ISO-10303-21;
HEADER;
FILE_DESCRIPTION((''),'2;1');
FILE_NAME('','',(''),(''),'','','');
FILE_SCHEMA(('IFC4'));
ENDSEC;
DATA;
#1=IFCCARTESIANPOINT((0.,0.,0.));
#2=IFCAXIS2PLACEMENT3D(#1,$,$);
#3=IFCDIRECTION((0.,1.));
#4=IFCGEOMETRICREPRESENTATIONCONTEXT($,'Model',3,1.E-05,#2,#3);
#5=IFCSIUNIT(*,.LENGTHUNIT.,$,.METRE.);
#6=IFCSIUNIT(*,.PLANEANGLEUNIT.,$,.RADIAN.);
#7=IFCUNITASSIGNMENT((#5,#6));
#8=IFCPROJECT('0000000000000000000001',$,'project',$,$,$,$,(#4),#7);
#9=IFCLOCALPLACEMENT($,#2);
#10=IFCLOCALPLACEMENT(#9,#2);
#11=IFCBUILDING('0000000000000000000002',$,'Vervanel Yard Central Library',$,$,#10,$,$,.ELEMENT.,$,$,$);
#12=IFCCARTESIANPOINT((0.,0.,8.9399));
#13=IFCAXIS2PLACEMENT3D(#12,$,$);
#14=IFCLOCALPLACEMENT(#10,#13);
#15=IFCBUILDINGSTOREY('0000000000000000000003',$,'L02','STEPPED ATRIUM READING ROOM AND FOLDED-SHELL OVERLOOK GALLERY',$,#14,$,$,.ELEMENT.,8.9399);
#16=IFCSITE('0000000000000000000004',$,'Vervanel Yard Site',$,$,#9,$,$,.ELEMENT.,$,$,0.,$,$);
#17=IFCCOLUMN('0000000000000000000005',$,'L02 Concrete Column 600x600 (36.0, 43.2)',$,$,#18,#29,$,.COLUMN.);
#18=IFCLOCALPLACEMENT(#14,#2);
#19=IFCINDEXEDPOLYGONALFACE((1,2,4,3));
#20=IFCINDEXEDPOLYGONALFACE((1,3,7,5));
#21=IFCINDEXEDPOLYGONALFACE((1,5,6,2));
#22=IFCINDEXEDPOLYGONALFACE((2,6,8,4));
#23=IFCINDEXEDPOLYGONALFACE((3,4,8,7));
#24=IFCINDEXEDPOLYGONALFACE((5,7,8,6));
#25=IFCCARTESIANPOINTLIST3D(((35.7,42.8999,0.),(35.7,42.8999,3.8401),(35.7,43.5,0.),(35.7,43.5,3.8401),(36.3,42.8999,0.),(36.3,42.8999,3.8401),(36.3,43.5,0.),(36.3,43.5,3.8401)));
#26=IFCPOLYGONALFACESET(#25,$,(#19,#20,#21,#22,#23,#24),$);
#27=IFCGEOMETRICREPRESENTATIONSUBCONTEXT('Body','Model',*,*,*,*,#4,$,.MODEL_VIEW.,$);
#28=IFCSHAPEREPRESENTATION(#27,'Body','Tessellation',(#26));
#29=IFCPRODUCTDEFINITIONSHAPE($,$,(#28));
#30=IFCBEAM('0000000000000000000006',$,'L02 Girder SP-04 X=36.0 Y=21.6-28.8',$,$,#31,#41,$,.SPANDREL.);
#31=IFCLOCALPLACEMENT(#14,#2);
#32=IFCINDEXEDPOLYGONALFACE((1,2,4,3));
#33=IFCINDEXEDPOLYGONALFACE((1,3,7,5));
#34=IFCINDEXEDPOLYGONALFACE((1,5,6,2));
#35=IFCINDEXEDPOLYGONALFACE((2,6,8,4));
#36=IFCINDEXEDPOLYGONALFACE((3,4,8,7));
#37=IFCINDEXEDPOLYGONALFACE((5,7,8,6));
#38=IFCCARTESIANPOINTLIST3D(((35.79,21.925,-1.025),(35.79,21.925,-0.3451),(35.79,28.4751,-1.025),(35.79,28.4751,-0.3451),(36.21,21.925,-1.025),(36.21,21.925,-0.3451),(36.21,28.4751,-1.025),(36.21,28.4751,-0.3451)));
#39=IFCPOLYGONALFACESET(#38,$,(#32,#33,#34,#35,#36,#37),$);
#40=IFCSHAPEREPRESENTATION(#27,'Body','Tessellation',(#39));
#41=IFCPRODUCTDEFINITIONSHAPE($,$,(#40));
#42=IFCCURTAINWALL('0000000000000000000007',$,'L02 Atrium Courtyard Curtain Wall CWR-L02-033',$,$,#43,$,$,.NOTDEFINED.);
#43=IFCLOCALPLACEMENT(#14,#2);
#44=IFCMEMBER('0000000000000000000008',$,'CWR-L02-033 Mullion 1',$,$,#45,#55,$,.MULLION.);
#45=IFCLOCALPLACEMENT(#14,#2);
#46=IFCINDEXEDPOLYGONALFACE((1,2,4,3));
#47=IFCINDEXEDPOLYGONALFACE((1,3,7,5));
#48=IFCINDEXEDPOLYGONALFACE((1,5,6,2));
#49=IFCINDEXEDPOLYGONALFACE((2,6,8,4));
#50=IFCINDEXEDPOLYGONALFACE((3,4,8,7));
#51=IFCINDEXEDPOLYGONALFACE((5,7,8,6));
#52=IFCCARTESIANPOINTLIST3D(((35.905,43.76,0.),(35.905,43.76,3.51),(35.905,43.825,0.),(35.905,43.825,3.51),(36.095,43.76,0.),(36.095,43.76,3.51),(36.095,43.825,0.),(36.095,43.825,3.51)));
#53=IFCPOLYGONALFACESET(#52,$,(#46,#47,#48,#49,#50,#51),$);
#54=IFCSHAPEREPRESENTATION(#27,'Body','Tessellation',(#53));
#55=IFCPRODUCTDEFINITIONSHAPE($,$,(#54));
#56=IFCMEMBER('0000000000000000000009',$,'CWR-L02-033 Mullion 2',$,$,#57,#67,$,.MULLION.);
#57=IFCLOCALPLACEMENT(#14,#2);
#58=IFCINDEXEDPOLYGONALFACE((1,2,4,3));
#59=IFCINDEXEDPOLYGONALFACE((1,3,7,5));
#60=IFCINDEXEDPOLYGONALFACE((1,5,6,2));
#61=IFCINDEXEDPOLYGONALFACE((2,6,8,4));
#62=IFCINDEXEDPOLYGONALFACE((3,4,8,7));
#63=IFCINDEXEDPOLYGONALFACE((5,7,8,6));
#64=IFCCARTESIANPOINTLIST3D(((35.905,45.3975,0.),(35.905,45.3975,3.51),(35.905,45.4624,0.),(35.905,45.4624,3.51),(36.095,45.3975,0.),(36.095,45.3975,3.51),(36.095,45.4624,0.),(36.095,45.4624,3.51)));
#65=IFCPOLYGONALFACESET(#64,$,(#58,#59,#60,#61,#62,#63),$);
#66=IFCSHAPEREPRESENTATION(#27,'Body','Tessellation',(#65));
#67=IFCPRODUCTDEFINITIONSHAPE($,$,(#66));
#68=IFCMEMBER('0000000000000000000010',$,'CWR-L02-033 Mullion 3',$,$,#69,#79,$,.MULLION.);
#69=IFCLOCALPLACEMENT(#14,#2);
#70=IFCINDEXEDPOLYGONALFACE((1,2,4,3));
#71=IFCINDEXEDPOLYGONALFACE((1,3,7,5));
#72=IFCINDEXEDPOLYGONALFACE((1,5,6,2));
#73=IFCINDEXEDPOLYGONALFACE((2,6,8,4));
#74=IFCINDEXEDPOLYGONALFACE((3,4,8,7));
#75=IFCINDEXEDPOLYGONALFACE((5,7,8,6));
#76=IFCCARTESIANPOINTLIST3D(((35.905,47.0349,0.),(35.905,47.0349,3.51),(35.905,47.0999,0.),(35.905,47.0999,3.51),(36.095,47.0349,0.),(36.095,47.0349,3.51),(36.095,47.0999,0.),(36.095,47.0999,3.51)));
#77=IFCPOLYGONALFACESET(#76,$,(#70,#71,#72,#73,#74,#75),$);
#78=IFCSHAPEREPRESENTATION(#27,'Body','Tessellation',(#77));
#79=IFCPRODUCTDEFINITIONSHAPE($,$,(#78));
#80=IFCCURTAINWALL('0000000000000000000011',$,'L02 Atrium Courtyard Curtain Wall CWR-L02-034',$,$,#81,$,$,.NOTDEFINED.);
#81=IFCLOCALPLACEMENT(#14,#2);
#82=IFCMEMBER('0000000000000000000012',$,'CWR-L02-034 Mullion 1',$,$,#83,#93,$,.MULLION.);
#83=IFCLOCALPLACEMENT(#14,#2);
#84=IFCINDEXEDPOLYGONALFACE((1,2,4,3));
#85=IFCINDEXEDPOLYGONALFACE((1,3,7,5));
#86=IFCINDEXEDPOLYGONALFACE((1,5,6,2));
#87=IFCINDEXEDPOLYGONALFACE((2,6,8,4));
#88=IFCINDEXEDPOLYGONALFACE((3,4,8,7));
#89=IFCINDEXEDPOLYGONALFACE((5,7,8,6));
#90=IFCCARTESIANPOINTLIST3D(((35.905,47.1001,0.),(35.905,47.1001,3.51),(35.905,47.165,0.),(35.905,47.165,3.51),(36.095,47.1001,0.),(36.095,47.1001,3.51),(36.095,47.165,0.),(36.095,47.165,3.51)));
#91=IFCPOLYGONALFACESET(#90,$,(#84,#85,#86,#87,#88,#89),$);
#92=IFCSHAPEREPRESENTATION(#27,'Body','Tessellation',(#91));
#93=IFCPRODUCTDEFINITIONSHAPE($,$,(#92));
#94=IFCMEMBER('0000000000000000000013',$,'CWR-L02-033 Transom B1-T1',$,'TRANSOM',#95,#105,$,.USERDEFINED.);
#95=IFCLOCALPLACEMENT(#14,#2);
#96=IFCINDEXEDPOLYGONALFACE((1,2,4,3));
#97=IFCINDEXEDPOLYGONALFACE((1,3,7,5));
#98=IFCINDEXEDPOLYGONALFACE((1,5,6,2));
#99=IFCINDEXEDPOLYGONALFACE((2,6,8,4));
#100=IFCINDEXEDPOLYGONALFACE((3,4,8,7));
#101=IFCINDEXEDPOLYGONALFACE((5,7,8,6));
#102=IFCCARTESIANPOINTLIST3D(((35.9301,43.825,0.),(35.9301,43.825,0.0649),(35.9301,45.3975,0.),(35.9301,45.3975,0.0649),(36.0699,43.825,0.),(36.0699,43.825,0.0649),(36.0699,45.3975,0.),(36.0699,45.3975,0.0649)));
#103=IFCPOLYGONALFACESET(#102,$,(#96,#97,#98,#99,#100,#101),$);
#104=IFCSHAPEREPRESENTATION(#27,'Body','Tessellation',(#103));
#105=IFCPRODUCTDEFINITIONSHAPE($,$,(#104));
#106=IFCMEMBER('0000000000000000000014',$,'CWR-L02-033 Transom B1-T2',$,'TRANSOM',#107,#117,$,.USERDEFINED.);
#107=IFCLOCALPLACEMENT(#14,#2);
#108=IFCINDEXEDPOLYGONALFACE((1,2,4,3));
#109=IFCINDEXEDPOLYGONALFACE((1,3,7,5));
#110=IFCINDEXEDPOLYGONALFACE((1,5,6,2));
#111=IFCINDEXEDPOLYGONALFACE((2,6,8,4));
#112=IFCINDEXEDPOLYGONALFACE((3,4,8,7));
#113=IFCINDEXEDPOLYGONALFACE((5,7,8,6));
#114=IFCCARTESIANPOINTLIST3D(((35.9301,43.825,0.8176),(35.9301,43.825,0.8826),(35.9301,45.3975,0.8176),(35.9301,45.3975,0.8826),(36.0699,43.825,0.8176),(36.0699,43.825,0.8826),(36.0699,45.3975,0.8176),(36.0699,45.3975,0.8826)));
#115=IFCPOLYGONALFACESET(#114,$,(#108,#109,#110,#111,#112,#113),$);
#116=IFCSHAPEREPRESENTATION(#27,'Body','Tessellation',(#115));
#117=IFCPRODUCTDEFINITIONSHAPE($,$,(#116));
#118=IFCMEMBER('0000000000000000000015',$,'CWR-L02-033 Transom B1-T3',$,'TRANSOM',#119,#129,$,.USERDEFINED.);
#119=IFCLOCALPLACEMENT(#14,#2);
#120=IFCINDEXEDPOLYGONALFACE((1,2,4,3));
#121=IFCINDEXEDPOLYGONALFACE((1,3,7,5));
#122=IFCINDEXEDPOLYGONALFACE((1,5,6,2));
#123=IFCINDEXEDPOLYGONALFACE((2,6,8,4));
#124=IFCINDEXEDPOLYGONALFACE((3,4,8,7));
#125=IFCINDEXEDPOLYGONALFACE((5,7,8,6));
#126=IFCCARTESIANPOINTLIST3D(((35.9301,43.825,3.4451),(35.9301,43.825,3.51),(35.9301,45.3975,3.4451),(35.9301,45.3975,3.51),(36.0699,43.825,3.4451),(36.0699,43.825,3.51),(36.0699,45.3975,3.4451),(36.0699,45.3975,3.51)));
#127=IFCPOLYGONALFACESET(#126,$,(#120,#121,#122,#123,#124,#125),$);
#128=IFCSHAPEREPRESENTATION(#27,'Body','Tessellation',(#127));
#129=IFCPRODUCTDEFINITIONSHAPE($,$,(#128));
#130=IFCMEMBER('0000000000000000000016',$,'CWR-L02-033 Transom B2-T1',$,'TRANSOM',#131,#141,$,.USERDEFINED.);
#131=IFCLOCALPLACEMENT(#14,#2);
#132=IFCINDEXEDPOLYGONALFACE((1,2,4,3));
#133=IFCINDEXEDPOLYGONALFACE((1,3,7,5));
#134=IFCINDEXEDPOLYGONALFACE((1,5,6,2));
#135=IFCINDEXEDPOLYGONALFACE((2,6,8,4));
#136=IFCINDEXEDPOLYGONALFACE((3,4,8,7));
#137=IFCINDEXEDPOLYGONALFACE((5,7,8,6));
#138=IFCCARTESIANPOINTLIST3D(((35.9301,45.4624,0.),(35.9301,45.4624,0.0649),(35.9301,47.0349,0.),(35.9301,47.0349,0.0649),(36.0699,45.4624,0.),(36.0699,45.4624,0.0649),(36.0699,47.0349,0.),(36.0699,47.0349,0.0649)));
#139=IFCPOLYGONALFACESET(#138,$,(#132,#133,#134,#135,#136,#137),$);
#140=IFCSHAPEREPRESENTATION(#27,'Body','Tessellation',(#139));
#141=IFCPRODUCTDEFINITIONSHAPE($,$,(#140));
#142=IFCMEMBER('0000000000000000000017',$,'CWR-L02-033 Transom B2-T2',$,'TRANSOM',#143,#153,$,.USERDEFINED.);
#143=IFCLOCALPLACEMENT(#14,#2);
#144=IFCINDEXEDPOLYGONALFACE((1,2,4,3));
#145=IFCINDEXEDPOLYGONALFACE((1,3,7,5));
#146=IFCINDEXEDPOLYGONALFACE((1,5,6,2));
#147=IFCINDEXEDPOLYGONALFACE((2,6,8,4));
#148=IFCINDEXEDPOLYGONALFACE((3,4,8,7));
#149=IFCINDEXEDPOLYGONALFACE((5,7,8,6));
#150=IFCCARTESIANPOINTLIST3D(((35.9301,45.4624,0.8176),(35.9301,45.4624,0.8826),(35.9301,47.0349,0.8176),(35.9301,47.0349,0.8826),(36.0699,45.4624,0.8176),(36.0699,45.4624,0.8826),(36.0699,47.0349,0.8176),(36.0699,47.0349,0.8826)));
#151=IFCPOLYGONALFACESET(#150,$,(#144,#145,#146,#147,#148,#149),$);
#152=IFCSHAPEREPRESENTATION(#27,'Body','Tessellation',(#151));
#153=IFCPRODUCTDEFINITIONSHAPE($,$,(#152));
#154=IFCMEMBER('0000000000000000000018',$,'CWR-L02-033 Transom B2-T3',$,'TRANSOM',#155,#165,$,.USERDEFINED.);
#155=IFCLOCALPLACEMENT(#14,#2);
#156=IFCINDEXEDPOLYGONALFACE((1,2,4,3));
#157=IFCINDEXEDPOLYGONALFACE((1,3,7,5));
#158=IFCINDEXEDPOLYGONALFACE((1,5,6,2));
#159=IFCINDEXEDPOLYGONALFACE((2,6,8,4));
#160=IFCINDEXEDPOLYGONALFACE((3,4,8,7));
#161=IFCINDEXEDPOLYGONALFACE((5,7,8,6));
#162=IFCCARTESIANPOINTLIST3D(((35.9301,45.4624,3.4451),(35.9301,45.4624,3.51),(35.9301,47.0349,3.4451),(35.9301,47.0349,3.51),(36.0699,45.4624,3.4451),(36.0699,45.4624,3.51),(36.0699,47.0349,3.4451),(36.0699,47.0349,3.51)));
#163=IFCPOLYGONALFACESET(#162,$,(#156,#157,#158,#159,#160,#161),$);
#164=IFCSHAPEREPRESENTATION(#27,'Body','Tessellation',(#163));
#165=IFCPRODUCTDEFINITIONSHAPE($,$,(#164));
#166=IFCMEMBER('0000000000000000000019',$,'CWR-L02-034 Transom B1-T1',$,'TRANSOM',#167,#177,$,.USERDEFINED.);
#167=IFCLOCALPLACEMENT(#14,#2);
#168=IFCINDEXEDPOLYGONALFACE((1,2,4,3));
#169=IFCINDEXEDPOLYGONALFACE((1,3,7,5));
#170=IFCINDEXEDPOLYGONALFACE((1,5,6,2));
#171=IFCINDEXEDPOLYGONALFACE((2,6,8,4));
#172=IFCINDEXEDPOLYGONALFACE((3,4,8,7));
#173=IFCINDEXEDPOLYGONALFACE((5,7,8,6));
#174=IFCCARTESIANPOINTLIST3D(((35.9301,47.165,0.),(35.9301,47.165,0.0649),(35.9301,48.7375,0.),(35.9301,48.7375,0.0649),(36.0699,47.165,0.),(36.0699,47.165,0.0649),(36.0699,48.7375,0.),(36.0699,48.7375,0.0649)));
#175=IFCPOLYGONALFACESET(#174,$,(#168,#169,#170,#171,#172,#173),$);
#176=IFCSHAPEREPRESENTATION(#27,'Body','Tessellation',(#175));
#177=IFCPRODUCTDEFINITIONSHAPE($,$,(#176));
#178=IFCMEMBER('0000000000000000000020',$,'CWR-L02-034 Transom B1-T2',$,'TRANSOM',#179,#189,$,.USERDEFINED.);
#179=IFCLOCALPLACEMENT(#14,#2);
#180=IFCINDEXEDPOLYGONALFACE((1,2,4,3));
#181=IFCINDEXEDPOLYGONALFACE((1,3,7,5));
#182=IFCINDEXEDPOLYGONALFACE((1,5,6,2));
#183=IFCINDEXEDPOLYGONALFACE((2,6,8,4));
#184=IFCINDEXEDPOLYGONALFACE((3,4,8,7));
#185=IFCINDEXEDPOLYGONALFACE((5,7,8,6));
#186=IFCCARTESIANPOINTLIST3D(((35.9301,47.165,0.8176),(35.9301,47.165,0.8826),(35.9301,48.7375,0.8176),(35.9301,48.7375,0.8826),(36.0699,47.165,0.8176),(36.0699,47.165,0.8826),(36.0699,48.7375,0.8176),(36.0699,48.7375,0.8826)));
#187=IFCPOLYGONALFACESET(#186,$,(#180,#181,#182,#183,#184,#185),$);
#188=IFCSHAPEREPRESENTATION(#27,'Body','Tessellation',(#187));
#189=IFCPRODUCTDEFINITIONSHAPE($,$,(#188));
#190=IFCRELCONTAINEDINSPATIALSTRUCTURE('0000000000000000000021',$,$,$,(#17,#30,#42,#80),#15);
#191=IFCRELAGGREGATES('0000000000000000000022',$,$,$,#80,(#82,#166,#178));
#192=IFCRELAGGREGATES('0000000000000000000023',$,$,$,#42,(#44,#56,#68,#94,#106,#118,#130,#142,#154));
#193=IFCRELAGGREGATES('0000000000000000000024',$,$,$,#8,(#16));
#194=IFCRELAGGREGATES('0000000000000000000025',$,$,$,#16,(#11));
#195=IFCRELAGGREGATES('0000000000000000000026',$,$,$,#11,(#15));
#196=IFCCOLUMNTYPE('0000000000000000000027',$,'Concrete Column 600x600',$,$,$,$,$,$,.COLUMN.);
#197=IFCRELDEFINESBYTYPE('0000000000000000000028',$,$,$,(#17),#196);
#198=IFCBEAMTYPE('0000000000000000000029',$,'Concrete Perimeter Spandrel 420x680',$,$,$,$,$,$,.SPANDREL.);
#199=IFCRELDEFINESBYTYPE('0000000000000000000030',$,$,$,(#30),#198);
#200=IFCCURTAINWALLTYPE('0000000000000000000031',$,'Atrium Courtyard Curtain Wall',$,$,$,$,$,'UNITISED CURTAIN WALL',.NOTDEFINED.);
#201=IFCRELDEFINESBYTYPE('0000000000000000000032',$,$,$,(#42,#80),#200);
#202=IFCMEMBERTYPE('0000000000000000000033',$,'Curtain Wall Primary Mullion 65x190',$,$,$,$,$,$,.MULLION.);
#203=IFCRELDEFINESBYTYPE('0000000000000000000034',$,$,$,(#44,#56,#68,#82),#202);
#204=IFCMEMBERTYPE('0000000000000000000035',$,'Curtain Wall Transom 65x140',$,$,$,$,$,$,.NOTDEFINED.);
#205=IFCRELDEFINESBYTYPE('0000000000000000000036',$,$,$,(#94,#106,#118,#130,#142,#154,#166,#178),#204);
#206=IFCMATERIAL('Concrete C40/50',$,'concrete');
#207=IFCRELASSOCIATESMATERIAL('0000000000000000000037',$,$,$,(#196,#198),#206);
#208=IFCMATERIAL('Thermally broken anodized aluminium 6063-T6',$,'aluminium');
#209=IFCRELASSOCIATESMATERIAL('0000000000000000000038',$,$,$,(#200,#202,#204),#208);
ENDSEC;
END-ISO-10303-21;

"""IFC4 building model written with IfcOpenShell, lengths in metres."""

from ifc_helpers import new_model, si_unit, direction, frame, origin, origin_2d, place, context, subcontext, project, spatial, rectangle, extrude, material, material_profile, profile_set, type_object, element, aggregate, save


model = new_model("IFC4")

# Units and contexts
model_context = context("Model", 3, precision=1e-05, world=origin(), true_north=direction((0.0, 1.0)))
body_context = subcontext(model_context, "Body", "Model", "MODEL_VIEW")
ifc_project = project(units=[si_unit("LENGTHUNIT", "METRE"), si_unit("PLANEANGLEUNIT", "RADIAN")], contexts=[model_context])

# Site, building, storey
site_placement = place(None, origin())
site = spatial("IfcSite", under=ifc_project, at=site_placement, Name="Vervanel Yard Site", CompositionType="ELEMENT", RefElevation=0.0)
building_placement = place(site_placement, origin())
building = spatial("IfcBuilding", under=site, at=building_placement, Name="Vervanel Yard Central Library", CompositionType="ELEMENT")
storey_placement = place(building_placement, frame((0.0, 0.0, 8.9399)))
storey = spatial("IfcBuildingStorey", under=building, at=storey_placement, Name="L02", Description="STEPPED ATRIUM READING ROOM AND FOLDED-SHELL OVERLOOK GALLERY", CompositionType="ELEMENT", Elevation=8.9399)

# Column
ifc_material_1 = material(Name="Concrete C40/50", Category="concrete")
ifc_material_profile_1 = material_profile(ifc_material_1, rectangle(XDim=0.6001, YDim=0.6001, at=origin_2d()), Name="RC 600x600", Category="concrete")
ifc_profile_set_1 = profile_set([ifc_material_profile_1], Name="Concrete C40/50")
column_type = type_object("IfcColumnType", Name="Concrete Column 600x600", PredefinedType="COLUMN", material=ifc_profile_set_1)
column_placement = place(storey_placement, frame((36.0, 43.2, 0.0), z_axis=(0.0, 0.0, 1.0), x_axis=(1.0, 0.0, 0.0)))
element("IfcColumn", 1, at=column_placement, inside=storey, type_object=column_type, Name="L02 Concrete Column 600x600 (36.0, 43.2)", PredefinedType="COLUMN", context=body_context, shape_type="SweptSolid", body=[
    extrude(rectangle(XDim=0.6001, YDim=0.6001, at=origin_2d()), origin(), (0.0, 0.0, 1.0), 3.8401),
])

# Beam
ifc_material_profile_2 = material_profile(ifc_material_1, rectangle(XDim=0.4199, YDim=0.6799, at=origin_2d()), Name="RC 420x680", Category="concrete")
ifc_profile_set_2 = profile_set([ifc_material_profile_2], Name="Concrete C40/50")
beam_type_1 = type_object("IfcBeamType", Name="Concrete Perimeter Spandrel 420x680", PredefinedType="SPANDREL", material=ifc_profile_set_2)
beam_1_placement = place(storey_placement, frame((36.0, 21.925, -0.6851), z_axis=(0.0, 1.0, 0.0), x_axis=(-1.0, 0.0, 0.0)))
element("IfcBeam", 2, at=beam_1_placement, inside=storey, type_object=beam_type_1, Name="L02 Girder SP-04 X=36.0 Y=21.6-28.8", PredefinedType="SPANDREL", context=body_context, shape_type="SweptSolid", body=[
    extrude(rectangle(XDim=0.4199, YDim=0.6799, at=origin_2d()), origin(), (0.0, 0.0, 1.0), 6.55),
])

# Curtain wall, members
ifc_material_2 = material(Name="Thermally broken anodized aluminium 6063-T6", Category="aluminium")
curtain_wall_type = type_object("IfcCurtainWallType", Name="Atrium Courtyard Curtain Wall", ElementType="UNITISED CURTAIN WALL", PredefinedType="NOTDEFINED", material=ifc_material_2)
curtain_wall_1_placement = place(storey_placement, origin())
curtain_wall_1 = element("IfcCurtainWall", 3, at=curtain_wall_1_placement, inside=storey, type_object=curtain_wall_type, Name="L02 Atrium Courtyard Curtain Wall CWR-L02-033", PredefinedType="NOTDEFINED")
ifc_material_profile_3 = material_profile(ifc_material_2, rectangle(XDim=0.0649, YDim=0.1899, at=origin_2d()), Name="ALU 65x190", Category="aluminium")
ifc_profile_set_3 = profile_set([ifc_material_profile_3], Name="Thermally broken anodized aluminium 6063-T6")
member_type_1 = type_object("IfcMemberType", Name="Curtain Wall Primary Mullion 65x190", PredefinedType="MULLION", material=ifc_profile_set_3)
member_1_placement = place(storey_placement, frame((36.0, 43.7925, 0.0), z_axis=(0.0, 0.0, 1.0), x_axis=(0.0, 1.0, 0.0)))
member_1 = element("IfcMember", 4, at=member_1_placement, type_object=member_type_1, Name="CWR-L02-033 Mullion 1", PredefinedType="MULLION", context=body_context, shape_type="SweptSolid", body=[
    extrude(rectangle(XDim=0.0649, YDim=0.1899, at=origin_2d()), origin(), (0.0, 0.0, 1.0), 3.51),
])
member_2_placement = place(storey_placement, frame((36.0, 45.4299, 0.0), z_axis=(0.0, 0.0, 1.0), x_axis=(0.0, 1.0, 0.0)))
member_2 = element("IfcMember", 5, at=member_2_placement, type_object=member_type_1, Name="CWR-L02-033 Mullion 2", PredefinedType="MULLION", context=body_context, shape_type="SweptSolid", body=[
    extrude(rectangle(XDim=0.0649, YDim=0.1899, at=origin_2d()), origin(), (0.0, 0.0, 1.0), 3.51),
])
member_3_placement = place(storey_placement, frame((36.0, 47.0674, 0.0), z_axis=(0.0, 0.0, 1.0), x_axis=(0.0, 1.0, 0.0)))
member_3 = element("IfcMember", 6, at=member_3_placement, type_object=member_type_1, Name="CWR-L02-033 Mullion 3", PredefinedType="MULLION", context=body_context, shape_type="SweptSolid", body=[
    extrude(rectangle(XDim=0.0649, YDim=0.1899, at=origin_2d()), origin(), (0.0, 0.0, 1.0), 3.51),
])

# Curtain wall, member
curtain_wall_2_placement = place(storey_placement, origin())
curtain_wall_2 = element("IfcCurtainWall", 7, at=curtain_wall_2_placement, inside=storey, type_object=curtain_wall_type, Name="L02 Atrium Courtyard Curtain Wall CWR-L02-034", PredefinedType="NOTDEFINED")
member_4_placement = place(storey_placement, frame((36.0, 47.1326, 0.0), z_axis=(0.0, 0.0, 1.0), x_axis=(0.0, 1.0, 0.0)))
member_4 = element("IfcMember", 8, at=member_4_placement, type_object=member_type_1, Name="CWR-L02-034 Mullion 1", PredefinedType="MULLION", context=body_context, shape_type="SweptSolid", body=[
    extrude(rectangle(XDim=0.0649, YDim=0.1899, at=origin_2d()), origin(), (0.0, 0.0, 1.0), 3.51),
])

# Members
ifc_material_profile_4 = material_profile(ifc_material_2, rectangle(XDim=0.0649, YDim=0.1399, at=origin_2d()), Name="ALU 65x140", Category="aluminium")
ifc_profile_set_4 = profile_set([ifc_material_profile_4], Name="Thermally broken anodized aluminium 6063-T6")
member_type_2 = type_object("IfcMemberType", Name="Curtain Wall Transom 65x140", PredefinedType="NOTDEFINED", material=ifc_profile_set_4)
member_5_placement = place(storey_placement, frame((36.0, 43.825, 0.0325), z_axis=(0.0, 1.0, 0.0), x_axis=(0.0, 0.0, 1.0)))
member_5 = element("IfcMember", 9, at=member_5_placement, type_object=member_type_2, Name="CWR-L02-033 Transom B1-T1", ObjectType="TRANSOM", PredefinedType="USERDEFINED", context=body_context, shape_type="SweptSolid", body=[
    extrude(rectangle(XDim=0.0649, YDim=0.1399, at=origin_2d()), origin(), (0.0, 0.0, 1.0), 1.5725),
])
member_6_placement = place(storey_placement, frame((36.0, 43.825, 0.8501), z_axis=(0.0, 1.0, 0.0), x_axis=(0.0, 0.0, 1.0)))
member_6 = element("IfcMember", 10, at=member_6_placement, type_object=member_type_2, Name="CWR-L02-033 Transom B1-T2", ObjectType="TRANSOM", PredefinedType="USERDEFINED", context=body_context, shape_type="SweptSolid", body=[
    extrude(rectangle(XDim=0.0649, YDim=0.1399, at=origin_2d()), origin(), (0.0, 0.0, 1.0), 1.5725),
])
member_7_placement = place(storey_placement, frame((36.0, 43.825, 3.4775), z_axis=(0.0, 1.0, 0.0), x_axis=(0.0, 0.0, 1.0)))
member_7 = element("IfcMember", 11, at=member_7_placement, type_object=member_type_2, Name="CWR-L02-033 Transom B1-T3", ObjectType="TRANSOM", PredefinedType="USERDEFINED", context=body_context, shape_type="SweptSolid", body=[
    extrude(rectangle(XDim=0.0649, YDim=0.1399, at=origin_2d()), origin(), (0.0, 0.0, 1.0), 1.5725),
])
member_8_placement = place(storey_placement, frame((36.0, 45.4624, 0.0325), z_axis=(0.0, 1.0, 0.0), x_axis=(0.0, 0.0, 1.0)))
member_8 = element("IfcMember", 12, at=member_8_placement, type_object=member_type_2, Name="CWR-L02-033 Transom B2-T1", ObjectType="TRANSOM", PredefinedType="USERDEFINED", context=body_context, shape_type="SweptSolid", body=[
    extrude(rectangle(XDim=0.0649, YDim=0.1399, at=origin_2d()), origin(), (0.0, 0.0, 1.0), 1.5725),
])
member_9_placement = place(storey_placement, frame((36.0, 45.4624, 0.8501), z_axis=(0.0, 1.0, 0.0), x_axis=(0.0, 0.0, 1.0)))
member_9 = element("IfcMember", 13, at=member_9_placement, type_object=member_type_2, Name="CWR-L02-033 Transom B2-T2", ObjectType="TRANSOM", PredefinedType="USERDEFINED", context=body_context, shape_type="SweptSolid", body=[
    extrude(rectangle(XDim=0.0649, YDim=0.1399, at=origin_2d()), origin(), (0.0, 0.0, 1.0), 1.5725),
])
member_10_placement = place(storey_placement, frame((36.0, 45.4624, 3.4775), z_axis=(0.0, 1.0, 0.0), x_axis=(0.0, 0.0, 1.0)))
member_10 = element("IfcMember", 14, at=member_10_placement, type_object=member_type_2, Name="CWR-L02-033 Transom B2-T3", ObjectType="TRANSOM", PredefinedType="USERDEFINED", context=body_context, shape_type="SweptSolid", body=[
    extrude(rectangle(XDim=0.0649, YDim=0.1399, at=origin_2d()), origin(), (0.0, 0.0, 1.0), 1.5725),
])
member_11_placement = place(storey_placement, frame((36.0, 47.165, 0.0325), z_axis=(0.0, 1.0, 0.0), x_axis=(0.0, 0.0, 1.0)))
member_11 = element("IfcMember", 15, at=member_11_placement, type_object=member_type_2, Name="CWR-L02-034 Transom B1-T1", ObjectType="TRANSOM", PredefinedType="USERDEFINED", context=body_context, shape_type="SweptSolid", body=[
    extrude(rectangle(XDim=0.0649, YDim=0.1399, at=origin_2d()), origin(), (0.0, 0.0, 1.0), 1.5725),
])
member_12_placement = place(storey_placement, frame((36.0, 47.165, 0.8501), z_axis=(0.0, 1.0, 0.0), x_axis=(0.0, 0.0, 1.0)))
member_12 = element("IfcMember", 16, at=member_12_placement, type_object=member_type_2, Name="CWR-L02-034 Transom B1-T2", ObjectType="TRANSOM", PredefinedType="USERDEFINED", context=body_context, shape_type="SweptSolid", body=[
    extrude(rectangle(XDim=0.0649, YDim=0.1399, at=origin_2d()), origin(), (0.0, 0.0, 1.0), 1.5725),
])
aggregate(curtain_wall_2, [member_4, member_11, member_12])

aggregate(curtain_wall_1, [member_1, member_2, member_3, member_5, member_6, member_7, member_8, member_9, member_10])

save(model, "model.ifc")
